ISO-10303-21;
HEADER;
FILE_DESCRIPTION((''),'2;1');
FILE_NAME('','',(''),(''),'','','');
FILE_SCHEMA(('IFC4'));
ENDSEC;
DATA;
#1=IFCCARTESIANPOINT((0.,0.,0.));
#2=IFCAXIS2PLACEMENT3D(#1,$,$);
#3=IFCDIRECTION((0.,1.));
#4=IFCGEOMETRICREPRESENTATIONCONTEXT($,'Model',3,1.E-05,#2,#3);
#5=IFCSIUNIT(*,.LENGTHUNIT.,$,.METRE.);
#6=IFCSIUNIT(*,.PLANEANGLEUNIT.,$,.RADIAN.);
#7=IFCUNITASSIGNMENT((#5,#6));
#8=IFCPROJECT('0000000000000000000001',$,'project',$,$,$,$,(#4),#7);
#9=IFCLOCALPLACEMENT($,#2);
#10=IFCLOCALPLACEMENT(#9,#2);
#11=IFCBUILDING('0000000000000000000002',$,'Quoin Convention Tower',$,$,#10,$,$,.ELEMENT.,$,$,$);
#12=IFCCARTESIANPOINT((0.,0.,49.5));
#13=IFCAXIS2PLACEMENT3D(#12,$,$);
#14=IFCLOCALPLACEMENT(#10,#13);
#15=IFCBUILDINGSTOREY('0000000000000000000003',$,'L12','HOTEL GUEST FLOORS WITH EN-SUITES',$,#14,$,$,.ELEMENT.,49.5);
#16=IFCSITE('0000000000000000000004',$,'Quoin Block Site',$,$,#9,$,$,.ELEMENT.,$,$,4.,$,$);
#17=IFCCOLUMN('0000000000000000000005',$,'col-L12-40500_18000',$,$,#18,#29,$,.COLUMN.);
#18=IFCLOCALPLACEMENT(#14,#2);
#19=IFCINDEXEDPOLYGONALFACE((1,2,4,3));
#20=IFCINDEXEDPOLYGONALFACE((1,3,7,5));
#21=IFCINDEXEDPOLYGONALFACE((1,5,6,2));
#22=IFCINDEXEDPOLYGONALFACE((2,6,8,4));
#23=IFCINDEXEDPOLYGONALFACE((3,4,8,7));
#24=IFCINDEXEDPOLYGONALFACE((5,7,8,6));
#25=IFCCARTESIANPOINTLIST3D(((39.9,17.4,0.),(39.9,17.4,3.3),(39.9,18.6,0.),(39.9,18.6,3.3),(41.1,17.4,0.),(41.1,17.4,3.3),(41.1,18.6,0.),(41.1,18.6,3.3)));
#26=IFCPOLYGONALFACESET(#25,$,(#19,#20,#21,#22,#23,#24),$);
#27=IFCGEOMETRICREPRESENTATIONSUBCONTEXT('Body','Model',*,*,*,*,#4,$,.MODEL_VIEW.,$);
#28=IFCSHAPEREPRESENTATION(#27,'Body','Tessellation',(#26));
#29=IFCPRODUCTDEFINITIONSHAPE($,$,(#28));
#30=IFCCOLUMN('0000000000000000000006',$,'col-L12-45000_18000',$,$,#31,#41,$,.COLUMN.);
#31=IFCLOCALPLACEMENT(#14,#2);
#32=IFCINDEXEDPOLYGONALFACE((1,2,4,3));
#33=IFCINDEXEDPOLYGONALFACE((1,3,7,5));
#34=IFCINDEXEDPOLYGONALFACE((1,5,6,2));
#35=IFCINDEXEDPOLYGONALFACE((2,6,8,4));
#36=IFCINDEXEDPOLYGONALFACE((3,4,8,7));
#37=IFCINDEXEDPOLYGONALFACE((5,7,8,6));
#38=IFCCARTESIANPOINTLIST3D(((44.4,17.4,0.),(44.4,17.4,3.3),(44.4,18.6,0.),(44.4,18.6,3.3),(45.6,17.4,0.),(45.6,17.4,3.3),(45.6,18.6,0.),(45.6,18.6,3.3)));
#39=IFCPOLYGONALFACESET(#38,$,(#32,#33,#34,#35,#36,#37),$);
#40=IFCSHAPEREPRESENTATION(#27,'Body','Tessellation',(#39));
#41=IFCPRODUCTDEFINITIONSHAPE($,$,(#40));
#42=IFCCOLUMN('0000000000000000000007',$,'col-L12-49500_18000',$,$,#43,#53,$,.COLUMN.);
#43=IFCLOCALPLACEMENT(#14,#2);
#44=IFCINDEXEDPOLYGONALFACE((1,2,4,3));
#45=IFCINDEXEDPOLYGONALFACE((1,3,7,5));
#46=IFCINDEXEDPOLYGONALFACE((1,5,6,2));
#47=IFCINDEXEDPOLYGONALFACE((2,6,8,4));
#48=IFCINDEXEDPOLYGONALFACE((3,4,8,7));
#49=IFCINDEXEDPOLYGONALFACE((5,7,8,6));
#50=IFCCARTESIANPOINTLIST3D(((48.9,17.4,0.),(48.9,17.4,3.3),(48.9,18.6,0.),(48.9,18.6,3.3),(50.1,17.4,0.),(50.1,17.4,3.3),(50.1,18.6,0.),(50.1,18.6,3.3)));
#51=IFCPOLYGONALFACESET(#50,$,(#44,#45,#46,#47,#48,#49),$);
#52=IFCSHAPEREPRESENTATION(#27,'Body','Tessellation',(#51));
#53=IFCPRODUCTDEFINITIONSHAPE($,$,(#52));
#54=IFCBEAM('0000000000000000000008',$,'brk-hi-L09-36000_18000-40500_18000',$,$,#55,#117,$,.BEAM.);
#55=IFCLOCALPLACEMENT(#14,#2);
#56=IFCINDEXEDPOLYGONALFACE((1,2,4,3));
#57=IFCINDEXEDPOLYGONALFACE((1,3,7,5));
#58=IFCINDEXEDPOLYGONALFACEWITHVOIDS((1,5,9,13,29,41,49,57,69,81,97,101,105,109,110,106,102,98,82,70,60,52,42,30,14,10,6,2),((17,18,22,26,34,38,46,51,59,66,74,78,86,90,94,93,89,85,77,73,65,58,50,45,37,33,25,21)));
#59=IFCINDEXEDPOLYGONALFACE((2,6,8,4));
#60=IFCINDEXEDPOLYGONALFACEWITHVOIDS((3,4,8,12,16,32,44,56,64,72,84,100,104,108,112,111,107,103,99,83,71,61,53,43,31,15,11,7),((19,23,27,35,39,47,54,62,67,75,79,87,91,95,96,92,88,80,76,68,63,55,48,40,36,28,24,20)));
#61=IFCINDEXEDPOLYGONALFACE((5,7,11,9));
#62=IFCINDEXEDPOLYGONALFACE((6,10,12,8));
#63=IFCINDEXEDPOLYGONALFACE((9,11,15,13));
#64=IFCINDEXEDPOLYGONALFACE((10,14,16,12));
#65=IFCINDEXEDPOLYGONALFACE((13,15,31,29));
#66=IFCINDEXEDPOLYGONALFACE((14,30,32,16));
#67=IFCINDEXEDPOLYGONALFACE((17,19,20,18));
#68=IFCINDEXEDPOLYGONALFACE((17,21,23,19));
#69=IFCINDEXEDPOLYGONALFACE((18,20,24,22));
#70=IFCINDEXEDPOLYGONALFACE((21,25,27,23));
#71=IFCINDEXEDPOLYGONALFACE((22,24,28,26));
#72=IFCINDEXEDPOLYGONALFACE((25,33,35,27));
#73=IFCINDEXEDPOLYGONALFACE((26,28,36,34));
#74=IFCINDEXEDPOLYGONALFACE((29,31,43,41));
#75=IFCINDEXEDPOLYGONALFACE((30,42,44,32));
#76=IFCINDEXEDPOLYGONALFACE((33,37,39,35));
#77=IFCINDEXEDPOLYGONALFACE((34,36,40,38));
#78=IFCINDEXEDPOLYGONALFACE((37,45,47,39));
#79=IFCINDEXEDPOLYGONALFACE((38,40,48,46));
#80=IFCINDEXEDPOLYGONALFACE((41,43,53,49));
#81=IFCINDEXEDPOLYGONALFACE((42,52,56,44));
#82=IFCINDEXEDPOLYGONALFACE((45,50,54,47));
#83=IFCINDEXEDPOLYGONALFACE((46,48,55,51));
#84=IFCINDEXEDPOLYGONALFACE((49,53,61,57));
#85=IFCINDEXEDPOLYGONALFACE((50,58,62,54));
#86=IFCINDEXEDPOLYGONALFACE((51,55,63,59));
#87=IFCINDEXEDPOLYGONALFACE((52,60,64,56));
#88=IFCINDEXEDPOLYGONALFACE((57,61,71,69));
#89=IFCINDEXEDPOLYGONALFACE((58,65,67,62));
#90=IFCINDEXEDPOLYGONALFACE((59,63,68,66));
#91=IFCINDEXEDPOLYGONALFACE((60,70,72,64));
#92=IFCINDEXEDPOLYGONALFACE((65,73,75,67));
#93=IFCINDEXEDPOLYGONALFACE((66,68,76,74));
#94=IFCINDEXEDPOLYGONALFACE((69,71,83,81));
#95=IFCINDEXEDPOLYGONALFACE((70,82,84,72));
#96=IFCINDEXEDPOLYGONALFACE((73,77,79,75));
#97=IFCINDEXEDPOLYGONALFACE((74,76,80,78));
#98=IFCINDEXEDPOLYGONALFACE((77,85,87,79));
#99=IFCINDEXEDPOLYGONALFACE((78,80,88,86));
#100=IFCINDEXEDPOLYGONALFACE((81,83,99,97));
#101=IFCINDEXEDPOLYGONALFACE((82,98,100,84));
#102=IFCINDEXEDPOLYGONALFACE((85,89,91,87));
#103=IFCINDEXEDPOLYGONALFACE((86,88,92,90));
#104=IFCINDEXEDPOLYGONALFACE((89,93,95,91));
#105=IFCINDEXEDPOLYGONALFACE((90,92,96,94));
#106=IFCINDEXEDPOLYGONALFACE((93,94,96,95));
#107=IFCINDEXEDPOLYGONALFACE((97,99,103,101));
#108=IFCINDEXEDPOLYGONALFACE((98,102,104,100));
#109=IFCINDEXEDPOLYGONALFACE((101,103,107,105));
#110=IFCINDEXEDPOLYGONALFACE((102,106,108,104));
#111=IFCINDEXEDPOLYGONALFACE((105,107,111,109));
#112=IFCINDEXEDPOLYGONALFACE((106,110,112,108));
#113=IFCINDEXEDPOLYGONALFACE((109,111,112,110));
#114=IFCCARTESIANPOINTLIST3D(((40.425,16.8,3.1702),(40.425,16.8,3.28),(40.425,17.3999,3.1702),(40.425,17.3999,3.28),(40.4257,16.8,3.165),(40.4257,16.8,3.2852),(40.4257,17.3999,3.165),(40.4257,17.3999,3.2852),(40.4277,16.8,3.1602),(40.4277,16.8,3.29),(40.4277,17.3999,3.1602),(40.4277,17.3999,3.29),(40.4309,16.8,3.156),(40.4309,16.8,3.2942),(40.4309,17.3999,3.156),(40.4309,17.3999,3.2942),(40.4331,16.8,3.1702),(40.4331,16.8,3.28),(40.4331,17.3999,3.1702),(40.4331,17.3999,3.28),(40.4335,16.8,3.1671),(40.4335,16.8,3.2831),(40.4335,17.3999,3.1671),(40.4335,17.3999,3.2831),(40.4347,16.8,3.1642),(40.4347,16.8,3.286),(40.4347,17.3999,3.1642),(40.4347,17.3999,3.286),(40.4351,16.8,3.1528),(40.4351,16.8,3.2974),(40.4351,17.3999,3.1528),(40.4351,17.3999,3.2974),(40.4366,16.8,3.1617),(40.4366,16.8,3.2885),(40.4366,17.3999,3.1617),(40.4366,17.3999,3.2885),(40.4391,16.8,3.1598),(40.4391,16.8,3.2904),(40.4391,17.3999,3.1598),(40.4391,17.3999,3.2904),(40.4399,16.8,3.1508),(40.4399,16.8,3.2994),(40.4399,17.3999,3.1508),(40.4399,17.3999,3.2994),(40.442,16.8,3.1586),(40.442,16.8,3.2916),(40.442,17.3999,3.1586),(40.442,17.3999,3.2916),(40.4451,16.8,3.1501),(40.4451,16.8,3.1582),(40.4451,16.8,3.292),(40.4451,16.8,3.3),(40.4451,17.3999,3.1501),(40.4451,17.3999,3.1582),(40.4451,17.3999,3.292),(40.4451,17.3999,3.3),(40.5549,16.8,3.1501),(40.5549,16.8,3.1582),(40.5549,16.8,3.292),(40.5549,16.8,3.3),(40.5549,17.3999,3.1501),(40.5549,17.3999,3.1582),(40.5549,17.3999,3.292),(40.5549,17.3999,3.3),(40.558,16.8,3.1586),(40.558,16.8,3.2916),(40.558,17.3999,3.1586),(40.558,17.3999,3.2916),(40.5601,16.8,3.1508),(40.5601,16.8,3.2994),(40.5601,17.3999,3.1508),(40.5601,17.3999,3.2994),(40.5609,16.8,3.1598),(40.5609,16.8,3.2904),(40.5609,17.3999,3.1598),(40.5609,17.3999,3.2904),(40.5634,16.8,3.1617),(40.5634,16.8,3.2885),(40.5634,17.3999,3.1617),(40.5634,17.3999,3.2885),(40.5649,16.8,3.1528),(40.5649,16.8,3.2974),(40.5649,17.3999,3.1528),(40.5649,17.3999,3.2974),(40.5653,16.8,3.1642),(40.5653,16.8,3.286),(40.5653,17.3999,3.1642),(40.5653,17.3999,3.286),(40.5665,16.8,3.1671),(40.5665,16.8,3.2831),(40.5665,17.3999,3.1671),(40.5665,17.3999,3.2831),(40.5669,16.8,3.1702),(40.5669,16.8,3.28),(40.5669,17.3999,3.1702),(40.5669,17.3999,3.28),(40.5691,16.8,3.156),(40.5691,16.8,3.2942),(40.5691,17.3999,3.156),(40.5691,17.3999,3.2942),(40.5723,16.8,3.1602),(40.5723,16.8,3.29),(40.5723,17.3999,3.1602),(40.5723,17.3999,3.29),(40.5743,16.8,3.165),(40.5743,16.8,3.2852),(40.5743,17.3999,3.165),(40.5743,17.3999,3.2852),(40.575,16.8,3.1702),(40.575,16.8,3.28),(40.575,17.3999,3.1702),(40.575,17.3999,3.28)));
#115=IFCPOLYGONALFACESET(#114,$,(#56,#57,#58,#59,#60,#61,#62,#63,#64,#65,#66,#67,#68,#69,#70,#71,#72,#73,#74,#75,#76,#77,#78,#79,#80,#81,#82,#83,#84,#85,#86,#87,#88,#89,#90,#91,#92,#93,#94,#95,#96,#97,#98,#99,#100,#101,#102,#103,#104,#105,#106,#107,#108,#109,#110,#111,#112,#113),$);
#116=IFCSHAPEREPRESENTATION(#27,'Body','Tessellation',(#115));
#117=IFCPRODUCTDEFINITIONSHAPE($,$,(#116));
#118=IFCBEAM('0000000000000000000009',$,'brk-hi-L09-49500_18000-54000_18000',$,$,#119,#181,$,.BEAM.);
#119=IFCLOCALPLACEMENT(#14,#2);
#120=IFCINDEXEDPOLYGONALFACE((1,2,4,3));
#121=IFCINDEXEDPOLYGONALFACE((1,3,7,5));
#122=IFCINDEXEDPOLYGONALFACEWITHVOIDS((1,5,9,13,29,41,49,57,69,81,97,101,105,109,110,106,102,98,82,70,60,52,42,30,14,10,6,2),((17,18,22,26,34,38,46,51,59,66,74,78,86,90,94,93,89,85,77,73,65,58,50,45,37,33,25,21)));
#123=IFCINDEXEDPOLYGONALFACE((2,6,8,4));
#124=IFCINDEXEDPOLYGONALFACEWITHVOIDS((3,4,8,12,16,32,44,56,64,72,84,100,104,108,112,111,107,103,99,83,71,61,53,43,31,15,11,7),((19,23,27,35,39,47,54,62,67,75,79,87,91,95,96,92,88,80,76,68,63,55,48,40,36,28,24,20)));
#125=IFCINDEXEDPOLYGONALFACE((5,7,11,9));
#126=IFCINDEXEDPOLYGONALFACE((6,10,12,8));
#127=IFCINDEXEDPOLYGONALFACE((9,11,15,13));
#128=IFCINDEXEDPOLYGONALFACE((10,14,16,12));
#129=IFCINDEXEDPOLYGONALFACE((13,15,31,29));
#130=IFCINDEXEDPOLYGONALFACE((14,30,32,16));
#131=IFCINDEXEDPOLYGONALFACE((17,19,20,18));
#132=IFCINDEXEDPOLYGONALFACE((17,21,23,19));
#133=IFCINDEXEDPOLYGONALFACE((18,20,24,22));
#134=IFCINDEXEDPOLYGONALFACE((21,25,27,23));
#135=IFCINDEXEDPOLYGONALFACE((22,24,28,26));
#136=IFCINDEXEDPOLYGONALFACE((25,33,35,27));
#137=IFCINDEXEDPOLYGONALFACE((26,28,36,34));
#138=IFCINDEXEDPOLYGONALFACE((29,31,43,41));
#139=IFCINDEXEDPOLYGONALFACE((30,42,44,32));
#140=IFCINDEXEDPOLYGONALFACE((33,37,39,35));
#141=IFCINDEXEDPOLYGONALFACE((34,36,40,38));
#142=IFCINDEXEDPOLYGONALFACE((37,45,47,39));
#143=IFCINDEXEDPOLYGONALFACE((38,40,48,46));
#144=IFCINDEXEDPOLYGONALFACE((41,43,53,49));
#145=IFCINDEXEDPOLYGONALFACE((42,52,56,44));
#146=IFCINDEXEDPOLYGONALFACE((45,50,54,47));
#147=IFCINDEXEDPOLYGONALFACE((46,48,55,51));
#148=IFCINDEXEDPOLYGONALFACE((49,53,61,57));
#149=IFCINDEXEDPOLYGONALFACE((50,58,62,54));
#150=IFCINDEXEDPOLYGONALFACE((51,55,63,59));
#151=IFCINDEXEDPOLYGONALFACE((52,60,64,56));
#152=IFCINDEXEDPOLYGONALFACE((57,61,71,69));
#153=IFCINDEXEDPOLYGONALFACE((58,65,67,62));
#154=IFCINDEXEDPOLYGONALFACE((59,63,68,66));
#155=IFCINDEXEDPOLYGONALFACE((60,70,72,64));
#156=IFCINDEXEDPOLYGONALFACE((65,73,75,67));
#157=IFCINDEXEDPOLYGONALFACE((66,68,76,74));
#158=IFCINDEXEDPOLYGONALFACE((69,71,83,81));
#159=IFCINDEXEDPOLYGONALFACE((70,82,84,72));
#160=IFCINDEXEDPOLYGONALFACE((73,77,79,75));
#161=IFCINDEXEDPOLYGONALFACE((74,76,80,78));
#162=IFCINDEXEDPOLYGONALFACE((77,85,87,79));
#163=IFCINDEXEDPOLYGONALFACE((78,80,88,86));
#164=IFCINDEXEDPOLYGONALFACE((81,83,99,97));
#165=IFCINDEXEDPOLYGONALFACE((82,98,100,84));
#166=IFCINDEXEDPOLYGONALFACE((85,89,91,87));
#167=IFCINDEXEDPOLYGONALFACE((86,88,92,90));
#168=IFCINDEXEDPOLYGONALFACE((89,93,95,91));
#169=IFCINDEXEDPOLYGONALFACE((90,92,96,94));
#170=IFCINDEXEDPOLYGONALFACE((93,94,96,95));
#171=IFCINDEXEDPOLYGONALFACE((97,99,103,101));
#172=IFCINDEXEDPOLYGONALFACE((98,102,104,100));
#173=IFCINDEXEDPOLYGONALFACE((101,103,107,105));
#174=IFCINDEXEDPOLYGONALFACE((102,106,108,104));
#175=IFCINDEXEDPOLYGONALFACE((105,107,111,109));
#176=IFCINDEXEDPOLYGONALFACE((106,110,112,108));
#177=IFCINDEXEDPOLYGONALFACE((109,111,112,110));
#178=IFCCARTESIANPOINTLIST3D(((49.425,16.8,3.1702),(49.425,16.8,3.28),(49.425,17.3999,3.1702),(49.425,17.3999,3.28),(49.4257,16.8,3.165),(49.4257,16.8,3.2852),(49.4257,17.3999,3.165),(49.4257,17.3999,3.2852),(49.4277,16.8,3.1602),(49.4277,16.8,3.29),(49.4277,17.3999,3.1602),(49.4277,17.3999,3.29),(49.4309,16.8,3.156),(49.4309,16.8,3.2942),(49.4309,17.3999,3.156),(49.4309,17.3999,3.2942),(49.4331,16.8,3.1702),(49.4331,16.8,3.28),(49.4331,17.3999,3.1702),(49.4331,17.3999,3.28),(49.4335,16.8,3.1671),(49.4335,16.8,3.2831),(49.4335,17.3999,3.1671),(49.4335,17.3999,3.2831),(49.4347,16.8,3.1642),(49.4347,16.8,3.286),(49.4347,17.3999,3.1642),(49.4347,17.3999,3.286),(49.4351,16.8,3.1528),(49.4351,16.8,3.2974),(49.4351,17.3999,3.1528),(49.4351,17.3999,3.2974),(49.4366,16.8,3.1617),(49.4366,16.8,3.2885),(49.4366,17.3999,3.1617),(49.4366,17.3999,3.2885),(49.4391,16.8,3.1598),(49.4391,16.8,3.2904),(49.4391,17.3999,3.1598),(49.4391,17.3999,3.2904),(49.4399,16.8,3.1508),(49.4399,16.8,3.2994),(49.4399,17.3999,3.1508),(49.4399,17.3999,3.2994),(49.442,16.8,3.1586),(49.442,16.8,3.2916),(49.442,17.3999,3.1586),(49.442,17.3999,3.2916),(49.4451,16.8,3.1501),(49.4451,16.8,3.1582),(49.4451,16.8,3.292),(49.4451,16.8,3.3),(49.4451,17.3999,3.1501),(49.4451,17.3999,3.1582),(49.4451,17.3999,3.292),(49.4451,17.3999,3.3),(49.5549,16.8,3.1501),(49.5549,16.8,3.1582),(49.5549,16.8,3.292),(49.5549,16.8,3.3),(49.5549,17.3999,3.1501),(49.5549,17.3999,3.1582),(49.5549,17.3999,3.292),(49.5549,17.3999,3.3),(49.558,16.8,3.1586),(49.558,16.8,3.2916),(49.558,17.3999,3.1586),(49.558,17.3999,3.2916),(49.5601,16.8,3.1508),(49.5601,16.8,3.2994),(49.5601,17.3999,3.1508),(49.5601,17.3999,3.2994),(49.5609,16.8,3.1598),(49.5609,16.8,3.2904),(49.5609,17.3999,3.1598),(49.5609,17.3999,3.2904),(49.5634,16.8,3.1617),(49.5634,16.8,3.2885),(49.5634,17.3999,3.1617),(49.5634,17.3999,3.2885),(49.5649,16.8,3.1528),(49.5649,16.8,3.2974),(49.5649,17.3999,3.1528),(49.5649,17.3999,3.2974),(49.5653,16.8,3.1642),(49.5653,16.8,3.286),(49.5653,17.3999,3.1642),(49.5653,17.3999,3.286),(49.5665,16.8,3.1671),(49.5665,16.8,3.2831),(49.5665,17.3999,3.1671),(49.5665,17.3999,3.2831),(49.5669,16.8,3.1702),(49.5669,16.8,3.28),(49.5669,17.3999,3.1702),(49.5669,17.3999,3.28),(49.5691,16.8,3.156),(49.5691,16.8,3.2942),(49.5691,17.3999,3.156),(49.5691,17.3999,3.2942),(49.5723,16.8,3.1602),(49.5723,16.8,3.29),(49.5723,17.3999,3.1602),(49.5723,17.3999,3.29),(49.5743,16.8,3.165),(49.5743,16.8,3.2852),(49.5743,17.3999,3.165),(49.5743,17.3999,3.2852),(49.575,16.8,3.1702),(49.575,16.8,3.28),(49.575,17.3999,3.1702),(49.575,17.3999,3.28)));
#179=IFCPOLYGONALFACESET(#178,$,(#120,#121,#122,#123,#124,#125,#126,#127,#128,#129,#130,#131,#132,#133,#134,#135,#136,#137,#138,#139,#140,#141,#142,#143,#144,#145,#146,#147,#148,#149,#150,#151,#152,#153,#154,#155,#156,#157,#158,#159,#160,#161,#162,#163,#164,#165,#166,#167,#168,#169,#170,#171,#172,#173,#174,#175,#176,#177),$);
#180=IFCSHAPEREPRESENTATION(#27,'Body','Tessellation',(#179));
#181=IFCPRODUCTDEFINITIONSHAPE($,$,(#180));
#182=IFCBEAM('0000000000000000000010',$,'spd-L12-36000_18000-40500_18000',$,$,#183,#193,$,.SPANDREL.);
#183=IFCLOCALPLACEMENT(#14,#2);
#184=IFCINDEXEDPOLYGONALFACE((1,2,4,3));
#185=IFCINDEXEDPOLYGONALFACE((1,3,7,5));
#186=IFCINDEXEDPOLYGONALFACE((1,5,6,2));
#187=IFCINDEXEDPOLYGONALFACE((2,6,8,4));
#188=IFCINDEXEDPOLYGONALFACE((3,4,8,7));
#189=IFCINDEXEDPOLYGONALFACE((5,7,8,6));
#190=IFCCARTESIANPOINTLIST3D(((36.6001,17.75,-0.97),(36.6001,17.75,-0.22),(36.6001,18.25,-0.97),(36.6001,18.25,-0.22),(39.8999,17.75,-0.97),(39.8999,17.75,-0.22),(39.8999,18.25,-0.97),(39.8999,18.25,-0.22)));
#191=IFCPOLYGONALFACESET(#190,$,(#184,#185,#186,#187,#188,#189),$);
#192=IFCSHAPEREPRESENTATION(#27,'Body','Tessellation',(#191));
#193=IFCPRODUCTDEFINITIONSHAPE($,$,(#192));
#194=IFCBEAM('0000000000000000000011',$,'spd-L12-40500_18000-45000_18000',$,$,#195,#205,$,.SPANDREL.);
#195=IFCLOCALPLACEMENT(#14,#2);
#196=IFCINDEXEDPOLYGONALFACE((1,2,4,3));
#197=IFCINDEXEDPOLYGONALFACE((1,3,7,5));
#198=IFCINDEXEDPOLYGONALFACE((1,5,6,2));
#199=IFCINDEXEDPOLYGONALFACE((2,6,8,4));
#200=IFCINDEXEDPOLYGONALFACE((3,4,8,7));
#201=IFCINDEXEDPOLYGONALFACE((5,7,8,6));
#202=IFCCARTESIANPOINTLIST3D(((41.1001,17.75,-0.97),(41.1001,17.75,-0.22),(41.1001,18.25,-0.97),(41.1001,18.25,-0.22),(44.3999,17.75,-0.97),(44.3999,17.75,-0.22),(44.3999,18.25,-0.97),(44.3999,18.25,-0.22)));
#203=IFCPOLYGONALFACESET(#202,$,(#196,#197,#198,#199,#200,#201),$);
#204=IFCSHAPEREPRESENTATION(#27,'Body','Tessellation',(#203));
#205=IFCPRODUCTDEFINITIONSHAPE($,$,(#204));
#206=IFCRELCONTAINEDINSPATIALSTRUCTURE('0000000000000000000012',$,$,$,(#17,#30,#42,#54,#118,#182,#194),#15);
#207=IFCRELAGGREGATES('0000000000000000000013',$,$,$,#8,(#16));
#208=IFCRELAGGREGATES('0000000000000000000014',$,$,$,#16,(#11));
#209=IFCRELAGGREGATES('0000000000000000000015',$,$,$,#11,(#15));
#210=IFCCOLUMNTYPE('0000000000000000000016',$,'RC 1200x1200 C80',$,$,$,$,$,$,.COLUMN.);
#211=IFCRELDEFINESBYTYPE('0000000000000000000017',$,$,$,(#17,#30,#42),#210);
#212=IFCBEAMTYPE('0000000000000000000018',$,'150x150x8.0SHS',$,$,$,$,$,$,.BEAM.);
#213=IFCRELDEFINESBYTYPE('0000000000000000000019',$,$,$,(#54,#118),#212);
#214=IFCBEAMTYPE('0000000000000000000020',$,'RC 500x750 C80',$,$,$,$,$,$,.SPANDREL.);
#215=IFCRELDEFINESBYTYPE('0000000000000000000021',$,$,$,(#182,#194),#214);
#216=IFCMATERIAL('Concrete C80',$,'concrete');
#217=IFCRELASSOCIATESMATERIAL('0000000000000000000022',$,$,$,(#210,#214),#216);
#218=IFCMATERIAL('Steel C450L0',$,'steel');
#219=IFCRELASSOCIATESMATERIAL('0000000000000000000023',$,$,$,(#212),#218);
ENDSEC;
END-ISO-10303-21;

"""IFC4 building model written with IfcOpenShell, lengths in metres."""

from ifc_helpers import new_model, si_unit, direction, frame, origin, origin_2d, place, context, subcontext, project, spatial, rectangle, hollow_rectangle, extrude, material, material_profile, profile_set, type_object, element, save


model = new_model("IFC4")

# Units and contexts
model_context = context("Model", 3, precision=1e-05, world=origin(), true_north=direction((0.0, 1.0)))
body_context = subcontext(model_context, "Body", "Model", "MODEL_VIEW")
ifc_project = project(units=[si_unit("LENGTHUNIT", "METRE"), si_unit("PLANEANGLEUNIT", "RADIAN")], contexts=[model_context])

# Site, building, storey
site_placement = place(None, origin())
site = spatial("IfcSite", under=ifc_project, at=site_placement, Name="Quoin Block Site", CompositionType="ELEMENT", RefElevation=4.0)
building_placement = place(site_placement, origin())
building = spatial("IfcBuilding", under=site, at=building_placement, Name="Quoin Convention Tower", CompositionType="ELEMENT")
storey_placement = place(building_placement, frame((0.0, 0.0, 49.5)))
storey = spatial("IfcBuildingStorey", under=building, at=storey_placement, Name="L12", Description="HOTEL GUEST FLOORS WITH EN-SUITES", CompositionType="ELEMENT", Elevation=49.5)

# Columns
ifc_material_1 = material(Name="Concrete C80", Category="concrete")
ifc_material_profile_1 = material_profile(ifc_material_1, rectangle(XDim=1.2, YDim=1.2, at=origin_2d()), Name="RC 1200x1200")
ifc_profile_set_1 = profile_set([ifc_material_profile_1], Name="Concrete C80")
column_type = type_object("IfcColumnType", Name="RC 1200x1200 C80", PredefinedType="COLUMN", material=ifc_profile_set_1)
for number, where, z_axis, x_axis, name in (
    (1, (40.5, 18.0, 0.0), (0.0, 0.0, 1.0), (1.0, 0.0, 0.0), "col-L12-40500_18000"),
    (2, (45.0, 18.0, 0.0), (0.0, 0.0, 1.0), (1.0, 0.0, 0.0), "col-L12-45000_18000"),
    (3, (49.5, 18.0, 0.0), (0.0, 0.0, 1.0), (1.0, 0.0, 0.0), "col-L12-49500_18000"),
):
    element("IfcColumn", number, at=place(storey_placement, frame(where, z_axis=z_axis, x_axis=x_axis)), inside=storey, type_object=column_type, Name=name, PredefinedType="COLUMN", context=body_context, shape_type="SweptSolid", body=[
        extrude(rectangle(XDim=1.2, YDim=1.2, at=origin_2d()), origin(), (0.0, 0.0, 1.0), 3.3),
    ])

# Beams
ifc_material_2 = material(Name="Steel C450L0", Category="steel")
ifc_material_profile_2 = material_profile(ifc_material_2, hollow_rectangle(XDim=0.1499, YDim=0.1499, WallThickness=0.0081, InnerFilletRadius=0.012, OuterFilletRadius=0.02, at=origin_2d()), Name="150x150x8.0SHS")
ifc_profile_set_2 = profile_set([ifc_material_profile_2], Name="Steel C450L0")
beam_type_1 = type_object("IfcBeamType", Name="150x150x8.0SHS", PredefinedType="BEAM", material=ifc_profile_set_2)
for number, where, z_axis, x_axis, name in (
    (4, (40.5, 17.3999, 3.2251), (0.0, -1.0, 0.0), (1.0, 0.0, 0.0), "brk-hi-L09-36000_18000-40500_18000"),
    (5, (49.5, 17.3999, 3.2251), (0.0, -1.0, 0.0), (1.0, 0.0, 0.0), "brk-hi-L09-49500_18000-54000_18000"),
):
    element("IfcBeam", number, at=place(storey_placement, frame(where, z_axis=z_axis, x_axis=x_axis)), inside=storey, type_object=beam_type_1, Name=name, PredefinedType="BEAM", context=body_context, shape_type="SweptSolid", body=[
        extrude(hollow_rectangle(XDim=0.1499, YDim=0.1499, WallThickness=0.0081, InnerFilletRadius=0.012, OuterFilletRadius=0.02, at=origin_2d()), origin(), (0.0, 0.0, 1.0), 0.5999),
    ])
ifc_material_profile_3 = material_profile(ifc_material_1, rectangle(XDim=0.5, YDim=0.75, at=origin_2d()), Name="RC 500x750")
ifc_profile_set_3 = profile_set([ifc_material_profile_3], Name="Concrete C80")
beam_type_2 = type_object("IfcBeamType", Name="RC 500x750 C80", PredefinedType="SPANDREL", material=ifc_profile_set_3)
for number, where, z_axis, x_axis, name in (
    (6, (36.6001, 18.0, -0.595), (1.0, 0.0, 0.0), (0.0, 1.0, 0.0), "spd-L12-36000_18000-40500_18000"),
    (7, (41.1001, 18.0, -0.595), (1.0, 0.0, 0.0), (0.0, 1.0, 0.0), "spd-L12-40500_18000-45000_18000"),
):
    element("IfcBeam", number, at=place(storey_placement, frame(where, z_axis=z_axis, x_axis=x_axis)), inside=storey, type_object=beam_type_2, Name=name, PredefinedType="SPANDREL", context=body_context, shape_type="SweptSolid", body=[
        extrude(rectangle(XDim=0.5, YDim=0.75, at=origin_2d()), origin(), (0.0, 0.0, 1.0), 3.2998),
    ])

save(model, "model.ifc")
